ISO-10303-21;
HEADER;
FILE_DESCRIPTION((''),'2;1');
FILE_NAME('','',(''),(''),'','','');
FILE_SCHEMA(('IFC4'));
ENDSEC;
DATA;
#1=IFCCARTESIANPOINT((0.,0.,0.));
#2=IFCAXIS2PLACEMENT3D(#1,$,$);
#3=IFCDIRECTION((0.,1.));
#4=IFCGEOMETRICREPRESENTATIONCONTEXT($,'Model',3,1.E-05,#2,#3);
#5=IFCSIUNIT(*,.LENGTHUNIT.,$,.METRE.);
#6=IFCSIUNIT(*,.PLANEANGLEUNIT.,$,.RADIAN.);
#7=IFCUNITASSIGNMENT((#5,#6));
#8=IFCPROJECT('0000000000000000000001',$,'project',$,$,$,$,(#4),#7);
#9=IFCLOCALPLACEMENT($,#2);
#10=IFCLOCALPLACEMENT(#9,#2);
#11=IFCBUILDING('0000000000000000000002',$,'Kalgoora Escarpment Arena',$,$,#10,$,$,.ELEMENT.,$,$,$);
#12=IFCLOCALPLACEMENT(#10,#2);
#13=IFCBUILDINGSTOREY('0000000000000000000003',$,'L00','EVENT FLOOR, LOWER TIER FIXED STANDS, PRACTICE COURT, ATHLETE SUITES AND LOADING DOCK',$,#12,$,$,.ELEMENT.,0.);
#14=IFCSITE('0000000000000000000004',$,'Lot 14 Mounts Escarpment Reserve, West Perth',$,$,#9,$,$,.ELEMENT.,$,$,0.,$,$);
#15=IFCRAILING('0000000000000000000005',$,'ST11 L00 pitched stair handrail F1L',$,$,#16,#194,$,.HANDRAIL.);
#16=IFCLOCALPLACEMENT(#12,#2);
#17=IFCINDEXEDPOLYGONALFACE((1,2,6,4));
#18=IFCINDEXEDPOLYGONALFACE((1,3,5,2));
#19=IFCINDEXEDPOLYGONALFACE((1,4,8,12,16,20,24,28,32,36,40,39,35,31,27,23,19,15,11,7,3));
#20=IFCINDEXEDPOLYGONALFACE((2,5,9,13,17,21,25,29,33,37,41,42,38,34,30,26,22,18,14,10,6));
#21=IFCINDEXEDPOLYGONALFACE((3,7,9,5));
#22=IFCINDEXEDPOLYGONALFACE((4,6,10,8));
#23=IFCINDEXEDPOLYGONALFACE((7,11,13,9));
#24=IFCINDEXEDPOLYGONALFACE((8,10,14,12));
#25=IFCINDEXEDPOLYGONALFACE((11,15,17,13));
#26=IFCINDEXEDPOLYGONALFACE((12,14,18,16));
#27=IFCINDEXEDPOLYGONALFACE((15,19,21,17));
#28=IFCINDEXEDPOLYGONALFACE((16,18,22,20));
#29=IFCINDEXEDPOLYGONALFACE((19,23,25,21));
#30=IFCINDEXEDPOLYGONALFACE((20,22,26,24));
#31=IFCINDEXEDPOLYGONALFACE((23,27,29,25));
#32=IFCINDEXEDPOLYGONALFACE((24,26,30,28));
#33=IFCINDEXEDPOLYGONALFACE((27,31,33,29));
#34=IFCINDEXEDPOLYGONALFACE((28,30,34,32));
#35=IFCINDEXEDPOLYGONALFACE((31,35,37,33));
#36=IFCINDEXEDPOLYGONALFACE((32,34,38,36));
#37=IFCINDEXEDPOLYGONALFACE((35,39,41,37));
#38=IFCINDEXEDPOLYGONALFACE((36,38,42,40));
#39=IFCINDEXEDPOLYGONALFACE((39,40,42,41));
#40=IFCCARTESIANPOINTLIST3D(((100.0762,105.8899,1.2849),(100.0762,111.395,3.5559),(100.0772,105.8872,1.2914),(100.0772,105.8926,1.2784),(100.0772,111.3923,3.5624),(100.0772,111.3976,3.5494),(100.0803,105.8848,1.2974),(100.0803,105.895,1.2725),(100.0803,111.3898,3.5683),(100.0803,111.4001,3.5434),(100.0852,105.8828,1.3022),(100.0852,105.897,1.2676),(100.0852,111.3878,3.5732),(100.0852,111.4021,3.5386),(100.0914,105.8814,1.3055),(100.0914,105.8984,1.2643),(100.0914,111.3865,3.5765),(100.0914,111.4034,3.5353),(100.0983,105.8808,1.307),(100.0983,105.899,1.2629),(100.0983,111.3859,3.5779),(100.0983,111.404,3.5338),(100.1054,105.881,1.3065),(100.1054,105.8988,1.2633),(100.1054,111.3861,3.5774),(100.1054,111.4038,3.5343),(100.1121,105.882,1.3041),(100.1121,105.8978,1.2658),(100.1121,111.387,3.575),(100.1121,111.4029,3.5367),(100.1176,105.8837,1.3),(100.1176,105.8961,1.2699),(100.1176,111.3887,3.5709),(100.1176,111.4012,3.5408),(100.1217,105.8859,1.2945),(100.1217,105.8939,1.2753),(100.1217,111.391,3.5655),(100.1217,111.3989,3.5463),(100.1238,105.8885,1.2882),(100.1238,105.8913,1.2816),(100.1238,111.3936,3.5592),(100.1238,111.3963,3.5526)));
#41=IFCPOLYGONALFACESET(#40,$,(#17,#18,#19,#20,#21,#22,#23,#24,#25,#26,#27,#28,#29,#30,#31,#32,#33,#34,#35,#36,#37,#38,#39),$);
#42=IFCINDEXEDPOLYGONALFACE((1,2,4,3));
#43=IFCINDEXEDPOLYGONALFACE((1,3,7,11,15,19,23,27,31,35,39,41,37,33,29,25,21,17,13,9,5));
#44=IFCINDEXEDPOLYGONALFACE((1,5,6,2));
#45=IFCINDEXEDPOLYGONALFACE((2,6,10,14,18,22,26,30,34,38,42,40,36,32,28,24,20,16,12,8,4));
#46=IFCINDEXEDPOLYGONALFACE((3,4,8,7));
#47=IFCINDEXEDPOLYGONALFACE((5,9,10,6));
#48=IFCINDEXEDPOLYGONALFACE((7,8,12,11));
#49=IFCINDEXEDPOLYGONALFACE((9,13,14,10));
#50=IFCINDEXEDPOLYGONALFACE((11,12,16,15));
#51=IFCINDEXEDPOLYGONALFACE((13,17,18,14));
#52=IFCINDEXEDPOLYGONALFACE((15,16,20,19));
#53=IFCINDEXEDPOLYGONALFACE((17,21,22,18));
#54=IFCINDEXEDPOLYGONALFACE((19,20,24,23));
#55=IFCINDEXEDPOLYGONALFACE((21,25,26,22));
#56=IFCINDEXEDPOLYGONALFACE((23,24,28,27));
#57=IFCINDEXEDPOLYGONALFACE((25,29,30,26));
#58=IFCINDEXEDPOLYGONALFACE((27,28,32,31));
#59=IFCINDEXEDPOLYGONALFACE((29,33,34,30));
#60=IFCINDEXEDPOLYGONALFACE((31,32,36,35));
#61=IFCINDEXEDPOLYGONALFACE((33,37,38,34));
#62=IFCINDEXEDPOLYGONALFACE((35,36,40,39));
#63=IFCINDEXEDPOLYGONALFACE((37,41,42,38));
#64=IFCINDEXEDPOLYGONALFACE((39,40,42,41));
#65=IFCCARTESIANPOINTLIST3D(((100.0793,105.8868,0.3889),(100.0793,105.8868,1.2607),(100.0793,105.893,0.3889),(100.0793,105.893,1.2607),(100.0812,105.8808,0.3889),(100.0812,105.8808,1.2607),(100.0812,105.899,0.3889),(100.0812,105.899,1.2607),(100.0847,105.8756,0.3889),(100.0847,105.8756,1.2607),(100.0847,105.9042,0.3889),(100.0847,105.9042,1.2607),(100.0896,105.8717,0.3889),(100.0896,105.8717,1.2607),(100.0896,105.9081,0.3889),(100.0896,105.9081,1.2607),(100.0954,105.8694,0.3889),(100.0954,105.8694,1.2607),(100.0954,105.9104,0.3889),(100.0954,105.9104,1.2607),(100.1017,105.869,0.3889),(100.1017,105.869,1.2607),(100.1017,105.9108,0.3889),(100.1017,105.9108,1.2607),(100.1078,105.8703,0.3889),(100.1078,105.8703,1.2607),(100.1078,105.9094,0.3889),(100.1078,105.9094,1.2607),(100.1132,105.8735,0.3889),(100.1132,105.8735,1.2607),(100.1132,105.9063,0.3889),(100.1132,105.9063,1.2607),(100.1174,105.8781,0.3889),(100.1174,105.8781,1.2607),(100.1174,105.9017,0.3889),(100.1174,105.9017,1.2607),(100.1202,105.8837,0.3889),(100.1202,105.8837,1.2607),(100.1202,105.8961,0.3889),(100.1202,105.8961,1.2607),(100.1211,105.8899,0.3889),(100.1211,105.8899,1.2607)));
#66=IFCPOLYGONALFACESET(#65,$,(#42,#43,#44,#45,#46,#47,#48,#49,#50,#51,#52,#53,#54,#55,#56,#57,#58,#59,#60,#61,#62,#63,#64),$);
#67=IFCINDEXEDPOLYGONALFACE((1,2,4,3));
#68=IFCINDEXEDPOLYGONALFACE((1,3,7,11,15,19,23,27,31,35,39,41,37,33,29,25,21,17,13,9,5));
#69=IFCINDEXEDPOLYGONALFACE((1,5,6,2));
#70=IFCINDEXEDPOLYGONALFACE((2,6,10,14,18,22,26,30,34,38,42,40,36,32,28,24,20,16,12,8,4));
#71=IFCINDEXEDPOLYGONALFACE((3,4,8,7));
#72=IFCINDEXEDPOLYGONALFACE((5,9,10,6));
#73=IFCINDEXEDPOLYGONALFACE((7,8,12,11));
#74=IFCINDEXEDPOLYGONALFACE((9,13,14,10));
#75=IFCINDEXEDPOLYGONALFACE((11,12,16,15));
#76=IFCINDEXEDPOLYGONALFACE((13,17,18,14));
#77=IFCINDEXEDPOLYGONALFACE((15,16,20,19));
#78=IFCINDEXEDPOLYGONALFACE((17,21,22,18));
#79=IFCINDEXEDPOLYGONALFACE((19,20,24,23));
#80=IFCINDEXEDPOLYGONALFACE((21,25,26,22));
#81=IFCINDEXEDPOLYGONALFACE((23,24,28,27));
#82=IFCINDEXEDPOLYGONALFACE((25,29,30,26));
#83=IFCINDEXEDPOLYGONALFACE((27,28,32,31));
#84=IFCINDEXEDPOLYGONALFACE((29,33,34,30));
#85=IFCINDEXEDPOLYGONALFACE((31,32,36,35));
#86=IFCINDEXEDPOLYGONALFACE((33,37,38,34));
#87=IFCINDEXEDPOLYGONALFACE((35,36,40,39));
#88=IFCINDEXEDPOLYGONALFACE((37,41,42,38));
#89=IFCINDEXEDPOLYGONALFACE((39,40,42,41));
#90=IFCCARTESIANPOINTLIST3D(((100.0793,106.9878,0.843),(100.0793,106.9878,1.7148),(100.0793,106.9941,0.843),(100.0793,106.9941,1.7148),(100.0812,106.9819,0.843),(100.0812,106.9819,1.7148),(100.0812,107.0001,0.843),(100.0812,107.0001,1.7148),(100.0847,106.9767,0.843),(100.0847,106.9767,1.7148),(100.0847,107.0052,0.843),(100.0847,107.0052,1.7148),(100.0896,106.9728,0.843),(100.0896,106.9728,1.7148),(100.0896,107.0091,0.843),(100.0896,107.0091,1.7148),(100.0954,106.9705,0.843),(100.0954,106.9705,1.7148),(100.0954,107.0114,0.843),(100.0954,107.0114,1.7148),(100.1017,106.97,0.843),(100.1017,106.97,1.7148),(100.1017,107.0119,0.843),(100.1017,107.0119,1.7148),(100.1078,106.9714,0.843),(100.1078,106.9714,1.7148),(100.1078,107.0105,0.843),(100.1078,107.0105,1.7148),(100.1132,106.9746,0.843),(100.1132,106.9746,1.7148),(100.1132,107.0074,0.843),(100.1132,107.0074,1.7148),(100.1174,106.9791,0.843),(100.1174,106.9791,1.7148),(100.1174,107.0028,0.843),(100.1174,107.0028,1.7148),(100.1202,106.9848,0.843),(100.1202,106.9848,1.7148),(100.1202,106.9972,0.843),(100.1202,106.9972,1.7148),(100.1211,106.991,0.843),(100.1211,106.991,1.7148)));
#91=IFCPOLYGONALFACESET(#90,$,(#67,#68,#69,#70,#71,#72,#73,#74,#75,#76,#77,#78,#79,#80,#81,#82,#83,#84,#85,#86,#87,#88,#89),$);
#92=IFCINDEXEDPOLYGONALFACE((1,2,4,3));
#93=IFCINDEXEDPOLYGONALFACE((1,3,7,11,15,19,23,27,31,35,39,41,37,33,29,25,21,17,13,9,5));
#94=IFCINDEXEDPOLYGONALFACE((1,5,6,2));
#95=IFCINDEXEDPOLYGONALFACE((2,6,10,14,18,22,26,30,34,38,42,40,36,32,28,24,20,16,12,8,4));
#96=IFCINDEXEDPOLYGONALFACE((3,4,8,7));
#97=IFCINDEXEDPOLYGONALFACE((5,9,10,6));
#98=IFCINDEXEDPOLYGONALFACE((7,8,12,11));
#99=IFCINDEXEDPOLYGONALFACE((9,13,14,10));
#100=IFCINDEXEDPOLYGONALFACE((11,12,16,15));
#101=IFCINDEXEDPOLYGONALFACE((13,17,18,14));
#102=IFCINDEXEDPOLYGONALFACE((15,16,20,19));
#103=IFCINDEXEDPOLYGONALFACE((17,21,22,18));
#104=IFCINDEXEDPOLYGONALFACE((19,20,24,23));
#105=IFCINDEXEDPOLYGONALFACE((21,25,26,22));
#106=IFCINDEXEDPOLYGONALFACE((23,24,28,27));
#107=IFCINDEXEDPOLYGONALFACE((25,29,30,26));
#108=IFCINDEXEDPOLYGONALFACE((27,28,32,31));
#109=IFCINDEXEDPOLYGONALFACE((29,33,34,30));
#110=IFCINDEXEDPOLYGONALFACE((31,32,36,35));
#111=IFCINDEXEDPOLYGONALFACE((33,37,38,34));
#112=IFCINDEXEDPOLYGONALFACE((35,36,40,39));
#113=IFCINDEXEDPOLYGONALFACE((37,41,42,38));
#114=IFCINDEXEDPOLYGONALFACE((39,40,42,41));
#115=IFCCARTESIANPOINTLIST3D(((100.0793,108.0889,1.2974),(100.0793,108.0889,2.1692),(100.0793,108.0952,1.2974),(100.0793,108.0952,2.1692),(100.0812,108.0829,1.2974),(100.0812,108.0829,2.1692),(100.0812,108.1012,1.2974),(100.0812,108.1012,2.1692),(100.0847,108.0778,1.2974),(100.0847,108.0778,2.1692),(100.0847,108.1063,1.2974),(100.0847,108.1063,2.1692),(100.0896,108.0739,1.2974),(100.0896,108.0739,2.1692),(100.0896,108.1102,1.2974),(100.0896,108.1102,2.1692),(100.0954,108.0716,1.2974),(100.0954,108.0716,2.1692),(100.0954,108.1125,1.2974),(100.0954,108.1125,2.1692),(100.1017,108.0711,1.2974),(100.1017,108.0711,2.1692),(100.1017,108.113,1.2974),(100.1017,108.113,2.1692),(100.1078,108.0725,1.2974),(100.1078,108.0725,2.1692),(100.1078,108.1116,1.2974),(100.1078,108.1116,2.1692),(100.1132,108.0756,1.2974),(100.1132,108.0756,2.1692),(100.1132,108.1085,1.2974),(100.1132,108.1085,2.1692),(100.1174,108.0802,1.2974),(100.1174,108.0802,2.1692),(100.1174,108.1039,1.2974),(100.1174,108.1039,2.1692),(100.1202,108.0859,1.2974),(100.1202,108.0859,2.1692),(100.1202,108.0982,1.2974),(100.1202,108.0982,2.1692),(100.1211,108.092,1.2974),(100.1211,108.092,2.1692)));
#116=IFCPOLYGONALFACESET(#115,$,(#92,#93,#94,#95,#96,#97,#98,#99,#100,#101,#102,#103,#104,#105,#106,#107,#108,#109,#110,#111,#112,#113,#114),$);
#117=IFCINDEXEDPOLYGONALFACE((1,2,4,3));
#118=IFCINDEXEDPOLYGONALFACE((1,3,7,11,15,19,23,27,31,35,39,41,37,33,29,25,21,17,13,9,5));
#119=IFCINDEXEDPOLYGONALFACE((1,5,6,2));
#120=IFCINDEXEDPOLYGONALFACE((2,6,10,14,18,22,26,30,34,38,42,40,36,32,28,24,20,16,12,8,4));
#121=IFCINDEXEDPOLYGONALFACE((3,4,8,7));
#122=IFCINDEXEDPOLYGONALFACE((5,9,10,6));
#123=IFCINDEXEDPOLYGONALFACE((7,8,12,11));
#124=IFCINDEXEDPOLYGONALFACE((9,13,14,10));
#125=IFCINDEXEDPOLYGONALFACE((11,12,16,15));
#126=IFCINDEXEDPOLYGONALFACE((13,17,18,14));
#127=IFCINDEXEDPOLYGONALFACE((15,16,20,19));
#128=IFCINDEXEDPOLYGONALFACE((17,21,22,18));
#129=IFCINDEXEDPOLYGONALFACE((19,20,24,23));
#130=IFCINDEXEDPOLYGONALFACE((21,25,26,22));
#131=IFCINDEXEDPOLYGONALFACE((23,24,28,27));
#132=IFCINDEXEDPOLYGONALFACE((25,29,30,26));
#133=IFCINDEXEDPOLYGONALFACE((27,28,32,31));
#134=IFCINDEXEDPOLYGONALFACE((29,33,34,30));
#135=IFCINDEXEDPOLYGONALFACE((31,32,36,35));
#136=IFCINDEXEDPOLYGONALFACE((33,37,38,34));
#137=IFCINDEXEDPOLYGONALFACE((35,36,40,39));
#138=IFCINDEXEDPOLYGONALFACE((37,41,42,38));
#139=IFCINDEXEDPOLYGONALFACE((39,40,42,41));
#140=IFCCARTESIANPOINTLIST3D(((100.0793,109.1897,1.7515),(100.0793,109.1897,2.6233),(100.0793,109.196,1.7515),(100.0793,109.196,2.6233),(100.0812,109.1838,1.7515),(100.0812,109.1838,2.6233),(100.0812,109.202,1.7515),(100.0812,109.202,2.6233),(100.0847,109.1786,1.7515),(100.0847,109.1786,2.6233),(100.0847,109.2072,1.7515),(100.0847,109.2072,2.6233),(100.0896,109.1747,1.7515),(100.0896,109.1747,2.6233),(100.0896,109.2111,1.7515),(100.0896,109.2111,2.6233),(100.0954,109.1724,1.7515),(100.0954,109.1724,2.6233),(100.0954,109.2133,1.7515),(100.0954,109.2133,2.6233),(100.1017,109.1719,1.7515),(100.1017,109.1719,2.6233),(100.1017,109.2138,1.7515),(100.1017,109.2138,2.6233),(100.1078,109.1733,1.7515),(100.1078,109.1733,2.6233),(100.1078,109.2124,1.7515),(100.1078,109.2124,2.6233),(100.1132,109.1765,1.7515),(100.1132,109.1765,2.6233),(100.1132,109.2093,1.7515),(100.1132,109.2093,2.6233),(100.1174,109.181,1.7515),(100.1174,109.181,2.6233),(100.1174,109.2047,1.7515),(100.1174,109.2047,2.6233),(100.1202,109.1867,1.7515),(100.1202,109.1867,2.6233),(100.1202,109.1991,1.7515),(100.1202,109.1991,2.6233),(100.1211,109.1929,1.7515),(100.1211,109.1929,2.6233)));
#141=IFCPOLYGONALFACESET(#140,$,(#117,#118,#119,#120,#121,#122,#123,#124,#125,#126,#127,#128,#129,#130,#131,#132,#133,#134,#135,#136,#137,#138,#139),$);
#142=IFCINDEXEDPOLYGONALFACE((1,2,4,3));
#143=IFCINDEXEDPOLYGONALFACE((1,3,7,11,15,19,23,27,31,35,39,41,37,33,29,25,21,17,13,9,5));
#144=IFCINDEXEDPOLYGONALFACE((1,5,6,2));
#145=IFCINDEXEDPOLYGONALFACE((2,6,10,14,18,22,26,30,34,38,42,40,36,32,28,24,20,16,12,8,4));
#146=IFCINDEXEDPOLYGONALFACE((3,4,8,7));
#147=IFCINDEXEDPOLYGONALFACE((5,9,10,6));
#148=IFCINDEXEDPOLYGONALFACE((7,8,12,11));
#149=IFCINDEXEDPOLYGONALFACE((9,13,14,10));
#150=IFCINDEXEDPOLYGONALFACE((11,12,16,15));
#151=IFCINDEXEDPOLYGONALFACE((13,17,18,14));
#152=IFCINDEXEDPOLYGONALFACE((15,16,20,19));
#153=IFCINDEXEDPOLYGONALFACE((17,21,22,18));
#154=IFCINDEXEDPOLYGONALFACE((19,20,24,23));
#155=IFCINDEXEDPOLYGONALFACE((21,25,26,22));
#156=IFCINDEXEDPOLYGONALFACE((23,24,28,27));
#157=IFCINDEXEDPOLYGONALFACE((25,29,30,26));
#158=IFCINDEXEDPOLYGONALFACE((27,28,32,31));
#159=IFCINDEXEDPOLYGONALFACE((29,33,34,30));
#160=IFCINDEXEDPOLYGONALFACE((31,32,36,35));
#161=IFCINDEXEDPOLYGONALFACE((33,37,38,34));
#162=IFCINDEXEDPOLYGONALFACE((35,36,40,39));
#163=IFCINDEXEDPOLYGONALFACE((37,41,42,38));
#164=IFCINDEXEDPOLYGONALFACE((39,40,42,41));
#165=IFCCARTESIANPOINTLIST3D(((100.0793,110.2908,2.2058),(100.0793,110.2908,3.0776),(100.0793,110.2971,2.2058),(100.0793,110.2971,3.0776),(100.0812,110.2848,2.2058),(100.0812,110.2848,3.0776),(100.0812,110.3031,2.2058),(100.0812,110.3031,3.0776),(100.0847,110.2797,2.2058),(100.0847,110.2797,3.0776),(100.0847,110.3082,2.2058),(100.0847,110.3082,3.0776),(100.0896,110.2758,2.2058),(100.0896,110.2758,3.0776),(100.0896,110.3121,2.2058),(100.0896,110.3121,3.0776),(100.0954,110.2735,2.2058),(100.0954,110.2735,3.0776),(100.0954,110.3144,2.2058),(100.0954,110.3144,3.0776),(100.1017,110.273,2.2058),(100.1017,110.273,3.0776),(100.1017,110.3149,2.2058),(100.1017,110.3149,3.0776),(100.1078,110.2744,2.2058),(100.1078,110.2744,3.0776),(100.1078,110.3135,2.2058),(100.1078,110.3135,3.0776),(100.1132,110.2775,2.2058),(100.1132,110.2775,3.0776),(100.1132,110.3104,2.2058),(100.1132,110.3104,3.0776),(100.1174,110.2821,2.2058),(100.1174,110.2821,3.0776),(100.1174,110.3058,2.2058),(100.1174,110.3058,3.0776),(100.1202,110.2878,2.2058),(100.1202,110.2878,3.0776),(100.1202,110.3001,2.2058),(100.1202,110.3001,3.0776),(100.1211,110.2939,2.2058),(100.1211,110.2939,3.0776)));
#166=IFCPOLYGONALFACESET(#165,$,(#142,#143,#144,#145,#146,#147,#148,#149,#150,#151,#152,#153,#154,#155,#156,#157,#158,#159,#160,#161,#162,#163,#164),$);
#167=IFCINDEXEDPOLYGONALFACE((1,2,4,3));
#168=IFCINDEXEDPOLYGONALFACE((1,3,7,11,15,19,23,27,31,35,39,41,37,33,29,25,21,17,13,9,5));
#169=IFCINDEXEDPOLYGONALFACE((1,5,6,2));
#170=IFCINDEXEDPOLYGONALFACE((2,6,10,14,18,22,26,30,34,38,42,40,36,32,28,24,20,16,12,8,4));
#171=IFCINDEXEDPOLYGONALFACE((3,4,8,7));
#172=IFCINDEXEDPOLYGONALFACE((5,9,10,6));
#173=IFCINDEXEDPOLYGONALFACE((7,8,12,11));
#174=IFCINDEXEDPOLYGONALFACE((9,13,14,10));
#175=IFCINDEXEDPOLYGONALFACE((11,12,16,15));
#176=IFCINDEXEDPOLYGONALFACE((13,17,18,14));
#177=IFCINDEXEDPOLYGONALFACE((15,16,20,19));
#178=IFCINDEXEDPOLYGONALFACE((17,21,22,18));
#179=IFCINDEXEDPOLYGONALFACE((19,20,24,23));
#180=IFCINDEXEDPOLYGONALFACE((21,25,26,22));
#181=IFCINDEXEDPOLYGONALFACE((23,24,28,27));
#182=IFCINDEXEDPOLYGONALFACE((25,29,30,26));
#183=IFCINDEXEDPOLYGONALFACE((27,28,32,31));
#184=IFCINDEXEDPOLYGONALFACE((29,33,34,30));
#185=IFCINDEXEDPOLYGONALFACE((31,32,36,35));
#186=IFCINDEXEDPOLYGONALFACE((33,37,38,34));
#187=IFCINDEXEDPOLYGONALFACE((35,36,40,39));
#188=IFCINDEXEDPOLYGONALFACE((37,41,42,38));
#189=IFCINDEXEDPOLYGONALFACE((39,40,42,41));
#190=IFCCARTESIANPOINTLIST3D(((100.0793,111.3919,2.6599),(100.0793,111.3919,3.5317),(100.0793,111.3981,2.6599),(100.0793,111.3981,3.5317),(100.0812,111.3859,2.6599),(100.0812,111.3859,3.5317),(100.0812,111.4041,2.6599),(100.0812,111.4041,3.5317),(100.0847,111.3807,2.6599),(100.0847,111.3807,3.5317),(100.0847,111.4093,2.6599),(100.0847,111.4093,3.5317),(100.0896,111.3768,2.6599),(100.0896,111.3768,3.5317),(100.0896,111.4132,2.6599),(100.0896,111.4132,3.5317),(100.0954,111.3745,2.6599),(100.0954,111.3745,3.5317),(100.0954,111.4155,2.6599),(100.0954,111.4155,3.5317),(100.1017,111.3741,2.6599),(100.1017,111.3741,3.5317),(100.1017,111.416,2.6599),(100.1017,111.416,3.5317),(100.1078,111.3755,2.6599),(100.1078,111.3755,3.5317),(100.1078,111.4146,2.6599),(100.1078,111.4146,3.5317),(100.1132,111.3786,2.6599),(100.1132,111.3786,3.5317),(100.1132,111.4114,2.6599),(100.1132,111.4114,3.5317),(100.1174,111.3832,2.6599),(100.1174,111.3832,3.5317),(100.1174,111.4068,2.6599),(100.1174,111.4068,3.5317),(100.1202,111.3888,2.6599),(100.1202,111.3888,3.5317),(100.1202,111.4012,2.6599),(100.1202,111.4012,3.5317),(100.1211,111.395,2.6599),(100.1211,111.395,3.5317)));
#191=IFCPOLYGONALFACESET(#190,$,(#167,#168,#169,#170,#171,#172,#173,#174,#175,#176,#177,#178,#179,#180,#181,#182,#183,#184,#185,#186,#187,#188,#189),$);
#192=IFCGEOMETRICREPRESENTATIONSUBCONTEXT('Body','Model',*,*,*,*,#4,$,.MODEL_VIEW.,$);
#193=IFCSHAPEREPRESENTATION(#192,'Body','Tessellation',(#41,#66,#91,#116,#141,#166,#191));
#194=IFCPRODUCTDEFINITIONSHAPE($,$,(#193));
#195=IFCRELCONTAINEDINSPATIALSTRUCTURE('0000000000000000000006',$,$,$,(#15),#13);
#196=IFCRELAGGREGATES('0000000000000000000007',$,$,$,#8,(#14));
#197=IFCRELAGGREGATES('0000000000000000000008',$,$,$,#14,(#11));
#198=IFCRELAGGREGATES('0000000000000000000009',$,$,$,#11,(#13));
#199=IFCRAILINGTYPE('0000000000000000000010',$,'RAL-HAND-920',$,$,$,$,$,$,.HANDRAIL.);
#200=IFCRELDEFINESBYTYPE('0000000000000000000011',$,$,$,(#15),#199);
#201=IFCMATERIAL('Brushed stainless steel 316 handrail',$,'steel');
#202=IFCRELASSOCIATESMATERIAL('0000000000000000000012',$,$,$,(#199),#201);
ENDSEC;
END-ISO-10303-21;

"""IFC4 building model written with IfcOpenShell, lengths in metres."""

from ifc_helpers import new_model, si_unit, direction, frame, origin, origin_2d, place, context, subcontext, project, spatial, circle, extrude, material, type_object, element, save


model = new_model("IFC4")

# Units and contexts
model_context = context("Model", 3, precision=1e-05, world=origin(), true_north=direction((0.0, 1.0)))
body_context = subcontext(model_context, "Body", "Model", "MODEL_VIEW")
ifc_project = project(units=[si_unit("LENGTHUNIT", "METRE"), si_unit("PLANEANGLEUNIT", "RADIAN")], contexts=[model_context])

# Site, building, storey
site_placement = place(None, origin())
site = spatial("IfcSite", under=ifc_project, at=site_placement, Name="Lot 14 Mounts Escarpment Reserve, West Perth", CompositionType="ELEMENT", RefElevation=0.0)
building_placement = place(site_placement, origin())
building = spatial("IfcBuilding", under=site, at=building_placement, Name="Kalgoora Escarpment Arena", CompositionType="ELEMENT")
storey_placement = place(building_placement, origin())
storey = spatial("IfcBuildingStorey", under=building, at=storey_placement, Name="L00", Description="EVENT FLOOR, LOWER TIER FIXED STANDS, PRACTICE COURT, ATHLETE SUITES AND LOADING DOCK", CompositionType="ELEMENT", Elevation=0.0)

# Railing
ifc_material_1 = material(Name="Brushed stainless steel 316 handrail", Category="steel")
railing_type = type_object("IfcRailingType", Name="RAL-HAND-920", PredefinedType="HANDRAIL", material=ifc_material_1)
for number, where, name in (
    (1, (100.1001, 105.8899, 0.3889), "ST11 L00 pitched stair handrail F1L"),
):
    element("IfcRailing", number, at=place(storey_placement, frame(where)), inside=storey, type_object=railing_type, Name=name, PredefinedType="HANDRAIL", context=body_context, shape_type="SweptSolid", body=[
        extrude(circle(Radius=0.0239, at=origin_2d()), frame((0.0, 0.0, 0.896), z_axis=(0.0, 0.924431, 0.38135), x_axis=(-1.0, 0.0, 0.0)), (0.0, 0.0, 1.0), 5.9551),
        extrude(circle(Radius=0.021, at=origin_2d()), origin(), (0.0, 0.0, 1.0), 0.8718),
        extrude(circle(Radius=0.021, at=origin_2d()), frame((0.0, 1.1011, 0.4541)), (0.0, 0.0, 1.0), 0.8718),
        extrude(circle(Radius=0.021, at=origin_2d()), frame((0.0, 2.2021, 0.9084)), (0.0, 0.0, 1.0), 0.8718),
        extrude(circle(Radius=0.021, at=origin_2d()), frame((0.0, 3.303, 1.3625)), (0.0, 0.0, 1.0), 0.8718),
        extrude(circle(Radius=0.021, at=origin_2d()), frame((0.0, 4.4041, 1.8169)), (0.0, 0.0, 1.0), 0.8718),
        extrude(circle(Radius=0.021, at=origin_2d()), frame((0.0, 5.5051, 2.271)), (0.0, 0.0, 1.0), 0.8718),
    ])

save(model, "model.ifc")
